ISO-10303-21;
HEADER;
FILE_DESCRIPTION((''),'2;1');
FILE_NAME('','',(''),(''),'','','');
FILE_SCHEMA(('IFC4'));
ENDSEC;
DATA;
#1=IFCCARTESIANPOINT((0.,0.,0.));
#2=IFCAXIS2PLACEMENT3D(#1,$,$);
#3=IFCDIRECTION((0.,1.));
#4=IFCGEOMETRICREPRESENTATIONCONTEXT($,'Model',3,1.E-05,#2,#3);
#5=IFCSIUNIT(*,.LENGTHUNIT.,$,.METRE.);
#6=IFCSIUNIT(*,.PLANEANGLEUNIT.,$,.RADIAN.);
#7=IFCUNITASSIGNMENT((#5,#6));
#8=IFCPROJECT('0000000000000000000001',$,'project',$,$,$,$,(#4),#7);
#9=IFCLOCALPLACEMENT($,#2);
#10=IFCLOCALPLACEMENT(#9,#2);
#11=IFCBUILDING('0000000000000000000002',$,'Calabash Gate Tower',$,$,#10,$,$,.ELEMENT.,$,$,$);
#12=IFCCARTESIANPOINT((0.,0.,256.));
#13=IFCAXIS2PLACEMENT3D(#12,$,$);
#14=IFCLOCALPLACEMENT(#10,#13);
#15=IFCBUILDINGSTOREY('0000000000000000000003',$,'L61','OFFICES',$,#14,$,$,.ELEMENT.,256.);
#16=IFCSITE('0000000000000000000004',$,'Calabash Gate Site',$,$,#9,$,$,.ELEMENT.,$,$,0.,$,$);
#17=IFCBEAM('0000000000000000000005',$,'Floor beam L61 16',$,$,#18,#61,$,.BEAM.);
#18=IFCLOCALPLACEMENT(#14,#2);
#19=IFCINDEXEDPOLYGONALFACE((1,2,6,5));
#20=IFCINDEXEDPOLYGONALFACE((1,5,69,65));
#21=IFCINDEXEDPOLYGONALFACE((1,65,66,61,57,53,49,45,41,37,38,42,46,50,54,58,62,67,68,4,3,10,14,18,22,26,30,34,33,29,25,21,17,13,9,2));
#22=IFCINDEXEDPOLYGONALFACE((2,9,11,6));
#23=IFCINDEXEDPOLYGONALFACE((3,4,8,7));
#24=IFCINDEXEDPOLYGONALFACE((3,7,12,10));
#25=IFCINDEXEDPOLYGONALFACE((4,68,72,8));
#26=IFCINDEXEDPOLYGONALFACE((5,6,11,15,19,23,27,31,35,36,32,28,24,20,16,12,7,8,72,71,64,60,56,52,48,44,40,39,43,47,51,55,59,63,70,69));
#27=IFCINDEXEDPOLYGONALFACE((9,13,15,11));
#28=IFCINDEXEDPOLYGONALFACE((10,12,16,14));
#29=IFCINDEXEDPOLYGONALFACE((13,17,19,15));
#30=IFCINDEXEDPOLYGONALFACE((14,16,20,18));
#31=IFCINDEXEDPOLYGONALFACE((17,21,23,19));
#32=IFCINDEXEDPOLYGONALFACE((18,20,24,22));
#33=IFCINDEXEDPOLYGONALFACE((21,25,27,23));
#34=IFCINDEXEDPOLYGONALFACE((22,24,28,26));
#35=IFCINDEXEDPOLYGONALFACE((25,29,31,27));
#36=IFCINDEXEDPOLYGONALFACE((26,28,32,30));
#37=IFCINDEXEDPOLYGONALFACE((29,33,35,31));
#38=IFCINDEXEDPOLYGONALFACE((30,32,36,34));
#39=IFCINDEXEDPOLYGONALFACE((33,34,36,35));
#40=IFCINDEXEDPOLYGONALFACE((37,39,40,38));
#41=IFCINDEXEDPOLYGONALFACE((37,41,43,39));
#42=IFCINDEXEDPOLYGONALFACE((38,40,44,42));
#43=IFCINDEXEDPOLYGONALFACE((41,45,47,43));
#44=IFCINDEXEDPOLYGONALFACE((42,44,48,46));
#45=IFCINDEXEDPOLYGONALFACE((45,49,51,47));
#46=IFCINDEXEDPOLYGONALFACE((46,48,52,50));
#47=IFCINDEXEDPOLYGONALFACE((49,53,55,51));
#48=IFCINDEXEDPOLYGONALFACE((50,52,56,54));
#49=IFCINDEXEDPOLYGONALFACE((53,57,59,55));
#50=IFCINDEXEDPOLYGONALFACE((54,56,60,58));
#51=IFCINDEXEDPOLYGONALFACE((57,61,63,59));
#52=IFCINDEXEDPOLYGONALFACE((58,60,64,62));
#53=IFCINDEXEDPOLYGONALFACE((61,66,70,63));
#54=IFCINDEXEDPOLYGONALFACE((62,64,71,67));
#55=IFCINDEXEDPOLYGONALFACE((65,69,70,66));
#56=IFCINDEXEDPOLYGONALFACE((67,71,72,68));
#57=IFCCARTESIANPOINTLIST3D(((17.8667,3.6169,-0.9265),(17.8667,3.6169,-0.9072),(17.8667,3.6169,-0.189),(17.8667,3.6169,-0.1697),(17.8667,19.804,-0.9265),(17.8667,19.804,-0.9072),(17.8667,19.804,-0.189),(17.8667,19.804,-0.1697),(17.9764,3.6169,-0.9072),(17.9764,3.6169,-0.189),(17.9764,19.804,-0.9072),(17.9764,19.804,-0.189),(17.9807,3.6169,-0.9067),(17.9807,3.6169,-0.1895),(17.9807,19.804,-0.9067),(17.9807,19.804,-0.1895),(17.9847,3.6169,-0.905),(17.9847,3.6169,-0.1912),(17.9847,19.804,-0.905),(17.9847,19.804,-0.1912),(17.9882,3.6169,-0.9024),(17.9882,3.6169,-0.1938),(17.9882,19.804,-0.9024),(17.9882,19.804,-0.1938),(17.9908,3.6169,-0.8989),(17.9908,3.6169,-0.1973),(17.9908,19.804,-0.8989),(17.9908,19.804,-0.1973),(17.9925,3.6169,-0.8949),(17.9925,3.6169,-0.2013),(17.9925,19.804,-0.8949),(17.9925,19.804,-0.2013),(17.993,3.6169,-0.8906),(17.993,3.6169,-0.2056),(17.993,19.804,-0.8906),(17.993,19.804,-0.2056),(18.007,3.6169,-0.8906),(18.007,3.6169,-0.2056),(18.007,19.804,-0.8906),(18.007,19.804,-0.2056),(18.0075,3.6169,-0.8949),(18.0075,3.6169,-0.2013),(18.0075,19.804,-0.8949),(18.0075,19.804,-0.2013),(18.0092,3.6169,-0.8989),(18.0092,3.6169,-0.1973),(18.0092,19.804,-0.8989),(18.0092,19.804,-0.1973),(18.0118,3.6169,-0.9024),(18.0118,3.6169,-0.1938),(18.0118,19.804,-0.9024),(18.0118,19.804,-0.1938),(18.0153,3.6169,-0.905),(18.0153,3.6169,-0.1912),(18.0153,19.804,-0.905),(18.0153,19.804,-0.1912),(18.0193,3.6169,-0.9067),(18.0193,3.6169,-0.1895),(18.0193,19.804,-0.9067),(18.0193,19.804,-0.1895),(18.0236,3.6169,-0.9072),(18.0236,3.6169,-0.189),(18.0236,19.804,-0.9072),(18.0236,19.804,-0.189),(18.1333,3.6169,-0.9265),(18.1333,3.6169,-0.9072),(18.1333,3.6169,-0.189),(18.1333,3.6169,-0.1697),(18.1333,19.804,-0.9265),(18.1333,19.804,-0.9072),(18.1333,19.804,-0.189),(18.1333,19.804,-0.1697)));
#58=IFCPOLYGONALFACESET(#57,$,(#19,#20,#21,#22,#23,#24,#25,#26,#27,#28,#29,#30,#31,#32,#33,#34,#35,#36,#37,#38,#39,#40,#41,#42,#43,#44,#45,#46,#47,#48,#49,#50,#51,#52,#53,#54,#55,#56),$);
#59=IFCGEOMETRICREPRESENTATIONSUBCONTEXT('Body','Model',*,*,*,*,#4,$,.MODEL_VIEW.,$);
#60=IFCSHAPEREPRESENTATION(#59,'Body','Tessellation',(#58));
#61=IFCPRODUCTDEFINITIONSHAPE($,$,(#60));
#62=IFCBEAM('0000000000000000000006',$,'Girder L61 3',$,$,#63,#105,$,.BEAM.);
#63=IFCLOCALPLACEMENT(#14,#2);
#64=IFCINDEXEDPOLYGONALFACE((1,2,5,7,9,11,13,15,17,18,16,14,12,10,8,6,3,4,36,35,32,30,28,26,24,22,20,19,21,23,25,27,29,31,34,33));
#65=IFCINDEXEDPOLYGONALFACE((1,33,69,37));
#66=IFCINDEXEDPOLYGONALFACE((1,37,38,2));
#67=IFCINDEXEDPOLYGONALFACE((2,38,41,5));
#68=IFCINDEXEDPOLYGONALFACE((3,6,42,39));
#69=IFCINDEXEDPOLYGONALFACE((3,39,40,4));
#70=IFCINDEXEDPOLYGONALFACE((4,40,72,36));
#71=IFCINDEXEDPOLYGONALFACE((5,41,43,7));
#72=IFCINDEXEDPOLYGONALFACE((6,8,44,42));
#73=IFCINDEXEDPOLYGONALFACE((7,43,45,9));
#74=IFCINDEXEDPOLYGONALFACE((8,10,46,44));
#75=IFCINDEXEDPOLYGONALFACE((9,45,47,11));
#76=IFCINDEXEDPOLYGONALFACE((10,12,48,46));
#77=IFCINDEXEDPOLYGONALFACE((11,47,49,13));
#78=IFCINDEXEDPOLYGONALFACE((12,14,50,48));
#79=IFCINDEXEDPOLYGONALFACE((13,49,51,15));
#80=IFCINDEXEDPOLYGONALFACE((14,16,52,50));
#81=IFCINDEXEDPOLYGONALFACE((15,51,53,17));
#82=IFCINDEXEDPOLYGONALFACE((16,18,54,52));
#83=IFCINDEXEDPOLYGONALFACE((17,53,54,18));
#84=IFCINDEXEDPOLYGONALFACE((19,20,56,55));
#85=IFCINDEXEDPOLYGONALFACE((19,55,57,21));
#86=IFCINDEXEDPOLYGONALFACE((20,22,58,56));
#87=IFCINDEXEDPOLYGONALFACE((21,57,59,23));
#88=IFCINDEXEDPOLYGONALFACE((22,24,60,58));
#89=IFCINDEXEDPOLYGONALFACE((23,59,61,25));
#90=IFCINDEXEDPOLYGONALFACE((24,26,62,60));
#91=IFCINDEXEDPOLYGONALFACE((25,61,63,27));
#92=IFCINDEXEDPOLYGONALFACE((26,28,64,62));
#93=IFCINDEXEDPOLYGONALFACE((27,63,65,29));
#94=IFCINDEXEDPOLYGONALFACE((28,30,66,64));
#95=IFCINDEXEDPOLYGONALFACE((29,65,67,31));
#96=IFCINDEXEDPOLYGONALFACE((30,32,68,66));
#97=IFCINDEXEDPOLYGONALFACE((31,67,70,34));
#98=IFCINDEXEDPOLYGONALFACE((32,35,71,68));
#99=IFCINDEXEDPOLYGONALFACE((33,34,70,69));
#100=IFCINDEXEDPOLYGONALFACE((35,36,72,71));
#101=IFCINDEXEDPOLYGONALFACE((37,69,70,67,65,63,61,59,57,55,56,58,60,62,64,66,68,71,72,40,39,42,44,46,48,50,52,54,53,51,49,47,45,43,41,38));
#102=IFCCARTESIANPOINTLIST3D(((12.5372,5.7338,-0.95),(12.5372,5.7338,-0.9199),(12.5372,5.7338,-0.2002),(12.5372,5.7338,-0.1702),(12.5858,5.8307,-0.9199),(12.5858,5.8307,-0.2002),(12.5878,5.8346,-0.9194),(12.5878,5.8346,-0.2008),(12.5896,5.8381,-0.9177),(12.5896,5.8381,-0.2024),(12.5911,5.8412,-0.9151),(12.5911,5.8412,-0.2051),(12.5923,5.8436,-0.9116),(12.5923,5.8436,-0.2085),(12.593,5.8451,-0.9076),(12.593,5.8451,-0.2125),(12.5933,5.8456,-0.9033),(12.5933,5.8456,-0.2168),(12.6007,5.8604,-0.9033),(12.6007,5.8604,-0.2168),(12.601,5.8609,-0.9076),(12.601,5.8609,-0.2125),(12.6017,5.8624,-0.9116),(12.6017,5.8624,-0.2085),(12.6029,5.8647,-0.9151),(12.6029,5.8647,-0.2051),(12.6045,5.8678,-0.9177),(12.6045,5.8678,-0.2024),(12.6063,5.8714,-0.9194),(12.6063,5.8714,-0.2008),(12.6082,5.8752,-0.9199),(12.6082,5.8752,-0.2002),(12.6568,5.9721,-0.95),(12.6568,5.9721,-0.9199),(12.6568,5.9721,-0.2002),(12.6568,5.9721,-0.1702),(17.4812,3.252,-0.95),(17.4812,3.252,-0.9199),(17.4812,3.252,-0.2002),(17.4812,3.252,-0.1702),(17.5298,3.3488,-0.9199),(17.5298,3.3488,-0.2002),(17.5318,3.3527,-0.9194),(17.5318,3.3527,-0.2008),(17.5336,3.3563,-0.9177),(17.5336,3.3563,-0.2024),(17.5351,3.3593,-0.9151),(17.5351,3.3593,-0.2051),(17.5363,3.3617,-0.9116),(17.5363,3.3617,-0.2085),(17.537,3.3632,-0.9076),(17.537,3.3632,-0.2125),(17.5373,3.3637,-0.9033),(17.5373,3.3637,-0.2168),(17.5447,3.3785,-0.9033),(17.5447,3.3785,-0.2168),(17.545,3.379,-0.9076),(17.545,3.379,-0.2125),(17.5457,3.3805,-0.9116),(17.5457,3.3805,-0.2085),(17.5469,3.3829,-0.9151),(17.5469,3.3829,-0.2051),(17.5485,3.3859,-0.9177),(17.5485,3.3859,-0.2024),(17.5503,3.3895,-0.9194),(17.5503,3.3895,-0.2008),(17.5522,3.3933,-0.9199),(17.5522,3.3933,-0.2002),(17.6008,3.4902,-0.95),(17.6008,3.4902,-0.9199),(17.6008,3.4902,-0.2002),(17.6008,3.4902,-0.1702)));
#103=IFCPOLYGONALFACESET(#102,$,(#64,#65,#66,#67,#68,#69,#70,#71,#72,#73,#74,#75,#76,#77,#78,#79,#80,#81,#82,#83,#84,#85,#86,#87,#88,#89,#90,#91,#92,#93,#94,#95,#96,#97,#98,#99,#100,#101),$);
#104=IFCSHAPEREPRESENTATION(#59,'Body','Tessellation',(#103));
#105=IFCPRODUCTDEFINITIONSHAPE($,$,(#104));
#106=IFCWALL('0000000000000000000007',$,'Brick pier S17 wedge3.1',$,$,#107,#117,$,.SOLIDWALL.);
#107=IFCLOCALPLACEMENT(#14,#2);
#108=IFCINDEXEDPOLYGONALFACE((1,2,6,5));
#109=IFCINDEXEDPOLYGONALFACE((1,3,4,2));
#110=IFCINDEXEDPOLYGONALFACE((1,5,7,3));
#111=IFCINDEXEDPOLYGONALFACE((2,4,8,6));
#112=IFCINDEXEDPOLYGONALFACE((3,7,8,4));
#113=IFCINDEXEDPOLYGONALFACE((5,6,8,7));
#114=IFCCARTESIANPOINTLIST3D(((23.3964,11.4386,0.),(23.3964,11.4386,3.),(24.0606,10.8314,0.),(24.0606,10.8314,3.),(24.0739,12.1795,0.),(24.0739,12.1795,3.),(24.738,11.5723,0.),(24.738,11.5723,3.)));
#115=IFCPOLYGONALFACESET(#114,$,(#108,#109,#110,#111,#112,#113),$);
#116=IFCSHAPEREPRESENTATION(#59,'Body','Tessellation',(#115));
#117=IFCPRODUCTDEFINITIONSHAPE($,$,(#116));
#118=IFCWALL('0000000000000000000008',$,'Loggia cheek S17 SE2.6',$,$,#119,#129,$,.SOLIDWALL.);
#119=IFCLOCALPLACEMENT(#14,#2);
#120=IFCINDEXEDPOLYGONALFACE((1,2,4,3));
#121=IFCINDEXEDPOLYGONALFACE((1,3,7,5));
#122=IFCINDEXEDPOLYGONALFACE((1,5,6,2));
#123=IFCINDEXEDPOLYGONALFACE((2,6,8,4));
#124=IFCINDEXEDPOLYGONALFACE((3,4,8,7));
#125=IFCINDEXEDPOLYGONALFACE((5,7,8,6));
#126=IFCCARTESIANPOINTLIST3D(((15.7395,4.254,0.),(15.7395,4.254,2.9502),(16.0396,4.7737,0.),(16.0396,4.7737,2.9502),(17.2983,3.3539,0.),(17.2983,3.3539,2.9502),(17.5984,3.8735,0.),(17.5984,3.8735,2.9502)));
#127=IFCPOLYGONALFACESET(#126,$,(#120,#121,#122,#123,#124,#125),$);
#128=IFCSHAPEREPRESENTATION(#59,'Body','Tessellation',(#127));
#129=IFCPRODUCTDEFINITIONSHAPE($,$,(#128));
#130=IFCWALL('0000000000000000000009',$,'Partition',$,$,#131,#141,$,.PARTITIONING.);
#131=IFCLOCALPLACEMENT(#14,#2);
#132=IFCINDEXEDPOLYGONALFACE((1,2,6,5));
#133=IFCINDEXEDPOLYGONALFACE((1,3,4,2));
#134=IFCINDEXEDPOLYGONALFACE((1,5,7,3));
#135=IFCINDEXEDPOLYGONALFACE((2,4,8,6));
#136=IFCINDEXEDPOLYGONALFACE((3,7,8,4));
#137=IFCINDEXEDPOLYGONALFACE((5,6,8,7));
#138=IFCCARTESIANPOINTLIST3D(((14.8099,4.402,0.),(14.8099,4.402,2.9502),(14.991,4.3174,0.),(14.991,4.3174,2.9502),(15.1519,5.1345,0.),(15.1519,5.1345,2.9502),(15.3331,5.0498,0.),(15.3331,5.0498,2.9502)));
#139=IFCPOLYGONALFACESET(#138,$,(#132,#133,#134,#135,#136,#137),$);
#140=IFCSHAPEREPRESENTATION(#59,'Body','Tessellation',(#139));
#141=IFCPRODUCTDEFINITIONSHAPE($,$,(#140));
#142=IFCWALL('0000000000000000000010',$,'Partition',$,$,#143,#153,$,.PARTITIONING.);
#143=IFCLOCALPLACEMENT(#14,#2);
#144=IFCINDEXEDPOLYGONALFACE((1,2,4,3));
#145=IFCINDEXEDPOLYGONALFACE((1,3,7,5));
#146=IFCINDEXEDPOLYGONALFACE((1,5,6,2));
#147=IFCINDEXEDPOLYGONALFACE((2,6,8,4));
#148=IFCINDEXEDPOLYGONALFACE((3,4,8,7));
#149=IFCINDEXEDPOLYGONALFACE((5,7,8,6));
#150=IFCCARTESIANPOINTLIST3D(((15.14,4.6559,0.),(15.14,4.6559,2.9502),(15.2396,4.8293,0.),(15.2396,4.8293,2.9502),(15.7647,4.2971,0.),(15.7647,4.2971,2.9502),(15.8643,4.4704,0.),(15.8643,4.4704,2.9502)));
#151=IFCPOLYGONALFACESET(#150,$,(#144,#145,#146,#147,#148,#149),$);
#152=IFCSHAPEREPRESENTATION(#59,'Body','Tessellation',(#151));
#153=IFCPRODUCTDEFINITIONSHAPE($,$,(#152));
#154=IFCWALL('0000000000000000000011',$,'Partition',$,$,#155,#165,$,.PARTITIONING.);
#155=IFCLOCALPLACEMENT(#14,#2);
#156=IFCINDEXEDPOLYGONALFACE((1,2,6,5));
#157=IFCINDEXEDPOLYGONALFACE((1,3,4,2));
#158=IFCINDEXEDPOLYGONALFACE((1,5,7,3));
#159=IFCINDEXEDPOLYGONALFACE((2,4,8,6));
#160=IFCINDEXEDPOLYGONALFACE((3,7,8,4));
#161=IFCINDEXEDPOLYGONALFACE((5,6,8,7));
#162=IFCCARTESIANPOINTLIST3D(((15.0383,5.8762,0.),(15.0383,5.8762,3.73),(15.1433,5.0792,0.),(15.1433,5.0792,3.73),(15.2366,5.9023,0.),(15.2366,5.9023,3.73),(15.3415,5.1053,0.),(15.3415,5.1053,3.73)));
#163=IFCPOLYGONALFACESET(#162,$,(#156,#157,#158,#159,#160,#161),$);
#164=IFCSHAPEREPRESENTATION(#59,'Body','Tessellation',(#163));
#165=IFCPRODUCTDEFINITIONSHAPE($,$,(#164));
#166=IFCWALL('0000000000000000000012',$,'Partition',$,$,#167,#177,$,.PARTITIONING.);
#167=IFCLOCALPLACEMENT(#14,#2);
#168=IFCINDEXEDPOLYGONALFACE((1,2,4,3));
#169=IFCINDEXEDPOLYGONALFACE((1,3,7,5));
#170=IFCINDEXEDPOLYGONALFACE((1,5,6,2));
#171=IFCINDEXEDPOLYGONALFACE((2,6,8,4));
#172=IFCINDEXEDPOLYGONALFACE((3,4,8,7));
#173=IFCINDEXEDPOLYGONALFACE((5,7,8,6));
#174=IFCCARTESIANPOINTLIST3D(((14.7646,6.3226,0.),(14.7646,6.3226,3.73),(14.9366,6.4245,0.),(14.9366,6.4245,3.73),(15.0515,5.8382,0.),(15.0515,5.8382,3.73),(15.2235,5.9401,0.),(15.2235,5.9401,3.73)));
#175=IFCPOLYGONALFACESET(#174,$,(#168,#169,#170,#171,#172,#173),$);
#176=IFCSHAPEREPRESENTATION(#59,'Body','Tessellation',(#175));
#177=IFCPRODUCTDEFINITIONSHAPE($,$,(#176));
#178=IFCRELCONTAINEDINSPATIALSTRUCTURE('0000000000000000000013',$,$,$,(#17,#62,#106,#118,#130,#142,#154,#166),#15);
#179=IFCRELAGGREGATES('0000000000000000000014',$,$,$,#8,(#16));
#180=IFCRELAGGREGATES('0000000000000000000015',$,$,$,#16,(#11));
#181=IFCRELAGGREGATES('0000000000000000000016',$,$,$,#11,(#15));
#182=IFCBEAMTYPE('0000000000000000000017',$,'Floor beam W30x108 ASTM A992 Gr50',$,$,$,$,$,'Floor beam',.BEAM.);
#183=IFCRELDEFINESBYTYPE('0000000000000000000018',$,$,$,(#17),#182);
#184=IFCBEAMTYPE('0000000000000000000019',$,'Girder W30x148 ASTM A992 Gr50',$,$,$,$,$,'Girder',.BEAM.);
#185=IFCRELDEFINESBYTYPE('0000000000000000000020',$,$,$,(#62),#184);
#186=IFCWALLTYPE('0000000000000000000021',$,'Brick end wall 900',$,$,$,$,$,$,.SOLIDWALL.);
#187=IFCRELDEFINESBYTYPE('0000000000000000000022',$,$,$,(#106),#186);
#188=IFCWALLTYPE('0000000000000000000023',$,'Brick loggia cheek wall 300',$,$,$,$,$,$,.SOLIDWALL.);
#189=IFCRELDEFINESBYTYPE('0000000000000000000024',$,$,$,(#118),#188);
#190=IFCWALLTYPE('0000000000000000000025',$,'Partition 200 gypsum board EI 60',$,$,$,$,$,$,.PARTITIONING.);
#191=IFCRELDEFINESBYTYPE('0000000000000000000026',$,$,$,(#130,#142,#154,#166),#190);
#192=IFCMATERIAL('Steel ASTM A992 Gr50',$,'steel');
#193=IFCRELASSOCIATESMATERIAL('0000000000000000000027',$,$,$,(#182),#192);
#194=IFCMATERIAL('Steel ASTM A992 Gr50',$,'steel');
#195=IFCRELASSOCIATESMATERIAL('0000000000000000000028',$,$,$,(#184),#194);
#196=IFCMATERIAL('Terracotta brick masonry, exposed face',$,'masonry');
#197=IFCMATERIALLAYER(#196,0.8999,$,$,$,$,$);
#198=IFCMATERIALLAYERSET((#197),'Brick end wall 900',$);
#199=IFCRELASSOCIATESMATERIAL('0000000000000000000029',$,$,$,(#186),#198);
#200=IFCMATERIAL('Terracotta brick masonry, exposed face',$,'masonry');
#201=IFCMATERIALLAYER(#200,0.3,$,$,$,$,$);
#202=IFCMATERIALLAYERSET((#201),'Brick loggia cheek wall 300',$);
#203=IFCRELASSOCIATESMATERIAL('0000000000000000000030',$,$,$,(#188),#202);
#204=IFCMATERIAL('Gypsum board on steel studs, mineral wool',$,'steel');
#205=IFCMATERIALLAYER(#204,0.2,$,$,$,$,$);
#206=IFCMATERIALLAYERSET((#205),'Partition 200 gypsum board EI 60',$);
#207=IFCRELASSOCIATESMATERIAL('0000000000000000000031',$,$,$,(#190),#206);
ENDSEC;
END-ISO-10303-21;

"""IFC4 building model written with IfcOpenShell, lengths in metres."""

from ifc_helpers import new_model, si_unit, direction, frame, frame_2d, origin, origin_2d, place, context, subcontext, project, spatial, rectangle, i_section, extrude, material, layer, layer_set, material_profile, profile_set, type_object, element, save


model = new_model("IFC4")

# Units and contexts
model_context = context("Model", 3, precision=1e-05, world=origin(), true_north=direction((0.0, 1.0)))
body_context = subcontext(model_context, "Body", "Model", "MODEL_VIEW")
ifc_project = project(units=[si_unit("LENGTHUNIT", "METRE"), si_unit("PLANEANGLEUNIT", "RADIAN")], contexts=[model_context])

# Site, building, storey
site_placement = place(None, origin())
site = spatial("IfcSite", under=ifc_project, at=site_placement, Name="Calabash Gate Site", CompositionType="ELEMENT", RefElevation=0.0)
building_placement = place(site_placement, origin())
building = spatial("IfcBuilding", under=site, at=building_placement, Name="Calabash Gate Tower", CompositionType="ELEMENT")
storey_placement = place(building_placement, frame((0.0, 0.0, 256.0)))
storey = spatial("IfcBuildingStorey", under=building, at=storey_placement, Name="L61", Description="OFFICES", CompositionType="ELEMENT", Elevation=256.0)

# Beams
ifc_material_1 = material(Name="Steel ASTM A992 Gr50", Category="steel")
ifc_material_profile_1 = material_profile(ifc_material_1, i_section(OverallWidth=0.2666, OverallDepth=0.7568, WebThickness=0.0139, FlangeThickness=0.0193, FilletRadius=0.0166, at=origin_2d()))
ifc_profile_set_1 = profile_set([ifc_material_profile_1], Name="Steel ASTM A992 Gr50")
beam_type_1 = type_object("IfcBeamType", Name="Floor beam W30x108 ASTM A992 Gr50", ElementType="Floor beam", PredefinedType="BEAM", material=ifc_profile_set_1)
beam_1_placement = place(storey_placement, frame((18.0, 3.6169, -0.5481), z_axis=(0.0, 1.0, 0.0), x_axis=(-1.0, 0.0, 0.0)))
element("IfcBeam", 1, at=beam_1_placement, inside=storey, type_object=beam_type_1, Name="Floor beam L61 16", PredefinedType="BEAM", context=body_context, shape_type="SweptSolid", body=[
    extrude(i_section(OverallWidth=0.2666, OverallDepth=0.7568, WebThickness=0.0139, FlangeThickness=0.0193, FilletRadius=0.0166, at=origin_2d()), origin(), (0.0, 0.0, 1.0), 16.187),
])
ifc_material_2 = material(Name="Steel ASTM A992 Gr50", Category="steel")
ifc_material_profile_2 = material_profile(ifc_material_2, i_section(OverallWidth=0.2666, OverallDepth=0.7798, WebThickness=0.0166, FlangeThickness=0.03, FilletRadius=0.0166, at=origin_2d()))
ifc_profile_set_2 = profile_set([ifc_material_profile_2], Name="Steel ASTM A992 Gr50")
beam_type_2 = type_object("IfcBeamType", Name="Girder W30x148 ASTM A992 Gr50", ElementType="Girder", PredefinedType="BEAM", material=ifc_profile_set_2)
beam_2_placement = place(storey_placement, frame((17.541, 3.3711, -0.5601), z_axis=(-0.893711, 0.448643, 0.0), x_axis=(-0.448643, -0.893711, 0.0)))
element("IfcBeam", 2, at=beam_2_placement, inside=storey, type_object=beam_type_2, Name="Girder L61 3", PredefinedType="BEAM", context=body_context, shape_type="SweptSolid", body=[
    extrude(i_section(OverallWidth=0.2666, OverallDepth=0.7798, WebThickness=0.0166, FlangeThickness=0.03, FilletRadius=0.0166, at=origin_2d()), origin(), (0.0, 0.0, 1.0), 5.532),
])

# Walls
ifc_material_3 = material(Name="Terracotta brick masonry, exposed face", Category="masonry")
ifc_layer_1 = layer(ifc_material_3, 0.8999)
ifc_layer_set_1 = layer_set([ifc_layer_1], Name="Brick end wall 900")
wall_type_1 = type_object("IfcWallType", Name="Brick end wall 900", PredefinedType="SOLIDWALL", material=ifc_layer_set_1)
wall_1_placement = place(storey_placement, frame((23.7285, 11.135, 0.0), z_axis=(0.0, 0.0, 1.0), x_axis=(0.674788, 0.738012, 0.0)))
element("IfcWall", 3, at=wall_1_placement, inside=storey, type_object=wall_type_1, Name="Brick pier S17 wedge3.1", PredefinedType="SOLIDWALL", context=body_context, shape_type="SweptSolid", body=[
    extrude(rectangle(XDim=1.0039, YDim=0.8999, at=frame_2d((0.502, 0.0))), origin(), (0.0, 0.0, 1.0), 3.0),
])
ifc_material_4 = material(Name="Terracotta brick masonry, exposed face", Category="masonry")
ifc_layer_2 = layer(ifc_material_4, 0.3)
ifc_layer_set_2 = layer_set([ifc_layer_2], Name="Brick loggia cheek wall 300")
wall_type_2 = type_object("IfcWallType", Name="Brick loggia cheek wall 300", PredefinedType="SOLIDWALL", material=ifc_layer_set_2)
wall_2_placement = place(storey_placement, frame((17.4482, 3.6138, 0.0), z_axis=(0.0, 0.0, 1.0), x_axis=(-0.865989, 0.500063, 0.0)))
element("IfcWall", 4, at=wall_2_placement, inside=storey, type_object=wall_type_2, Name="Loggia cheek S17 SE2.6", PredefinedType="SOLIDWALL", context=body_context, shape_type="SweptSolid", body=[
    extrude(rectangle(XDim=1.8, YDim=0.6001, at=frame_2d((0.8999, 0.0))), origin(), (0.0, 0.0, 1.0), 2.9502),
])
ifc_material_5 = material(Name="Gypsum board on steel studs, mineral wool", Category="steel")
ifc_layer_3 = layer(ifc_material_5, 0.2)
ifc_layer_set_3 = layer_set([ifc_layer_3], Name="Partition 200 gypsum board EI 60")
wall_type_3 = type_object("IfcWallType", Name="Partition 200 gypsum board EI 60", PredefinedType="PARTITIONING", material=ifc_layer_set_3)
wall_3_placement = place(storey_placement, frame((14.9004, 4.3596, 0.0), z_axis=(0.0, 0.0, 1.0), x_axis=(0.423133, 0.906067, 0.0)))
element("IfcWall", 5, at=wall_3_placement, inside=storey, type_object=wall_type_3, Name="Partition", PredefinedType="PARTITIONING", context=body_context, shape_type="SweptSolid", body=[
    extrude(rectangle(XDim=0.8083, YDim=0.2, at=frame_2d((0.4043, 0.0))), origin(), (0.0, 0.0, 1.0), 2.9502),
])
wall_4_placement = place(storey_placement, frame((15.1897, 4.7427, 0.0), z_axis=(0.0, 0.0, 1.0), x_axis=(0.867115, -0.498108, 0.0)))
element("IfcWall", 6, at=wall_4_placement, inside=storey, type_object=wall_type_3, Name="Partition", PredefinedType="PARTITIONING", context=body_context, shape_type="SweptSolid", body=[
    extrude(rectangle(XDim=0.7205, YDim=0.2, at=frame_2d((0.3604, 0.0))), origin(), (0.0, 0.0, 1.0), 2.9502),
])
wall_5_placement = place(storey_placement, frame((15.1375, 5.8892, 0.0), z_axis=(0.0, 0.0, 1.0), x_axis=(0.130572, -0.991439, 0.0)))
element("IfcWall", 7, at=wall_5_placement, inside=storey, type_object=wall_type_3, Name="Partition", PredefinedType="PARTITIONING", context=body_context, shape_type="SweptSolid", body=[
    extrude(rectangle(XDim=0.804, YDim=0.2, at=frame_2d((0.4019, 0.0))), origin(), (0.0, 0.0, 1.0), 3.73),
])
wall_6_placement = place(storey_placement, frame((14.8506, 6.3735, 0.0), z_axis=(0.0, 0.0, 1.0), x_axis=(0.509577, -0.860425, 0.0)))
element("IfcWall", 8, at=wall_6_placement, inside=storey, type_object=wall_type_3, Name="Partition", PredefinedType="PARTITIONING", context=body_context, shape_type="SweptSolid", body=[
    extrude(rectangle(XDim=0.563, YDim=0.2, at=frame_2d((0.2815, 0.0))), origin(), (0.0, 0.0, 1.0), 3.73),
])

save(model, "model.ifc")
